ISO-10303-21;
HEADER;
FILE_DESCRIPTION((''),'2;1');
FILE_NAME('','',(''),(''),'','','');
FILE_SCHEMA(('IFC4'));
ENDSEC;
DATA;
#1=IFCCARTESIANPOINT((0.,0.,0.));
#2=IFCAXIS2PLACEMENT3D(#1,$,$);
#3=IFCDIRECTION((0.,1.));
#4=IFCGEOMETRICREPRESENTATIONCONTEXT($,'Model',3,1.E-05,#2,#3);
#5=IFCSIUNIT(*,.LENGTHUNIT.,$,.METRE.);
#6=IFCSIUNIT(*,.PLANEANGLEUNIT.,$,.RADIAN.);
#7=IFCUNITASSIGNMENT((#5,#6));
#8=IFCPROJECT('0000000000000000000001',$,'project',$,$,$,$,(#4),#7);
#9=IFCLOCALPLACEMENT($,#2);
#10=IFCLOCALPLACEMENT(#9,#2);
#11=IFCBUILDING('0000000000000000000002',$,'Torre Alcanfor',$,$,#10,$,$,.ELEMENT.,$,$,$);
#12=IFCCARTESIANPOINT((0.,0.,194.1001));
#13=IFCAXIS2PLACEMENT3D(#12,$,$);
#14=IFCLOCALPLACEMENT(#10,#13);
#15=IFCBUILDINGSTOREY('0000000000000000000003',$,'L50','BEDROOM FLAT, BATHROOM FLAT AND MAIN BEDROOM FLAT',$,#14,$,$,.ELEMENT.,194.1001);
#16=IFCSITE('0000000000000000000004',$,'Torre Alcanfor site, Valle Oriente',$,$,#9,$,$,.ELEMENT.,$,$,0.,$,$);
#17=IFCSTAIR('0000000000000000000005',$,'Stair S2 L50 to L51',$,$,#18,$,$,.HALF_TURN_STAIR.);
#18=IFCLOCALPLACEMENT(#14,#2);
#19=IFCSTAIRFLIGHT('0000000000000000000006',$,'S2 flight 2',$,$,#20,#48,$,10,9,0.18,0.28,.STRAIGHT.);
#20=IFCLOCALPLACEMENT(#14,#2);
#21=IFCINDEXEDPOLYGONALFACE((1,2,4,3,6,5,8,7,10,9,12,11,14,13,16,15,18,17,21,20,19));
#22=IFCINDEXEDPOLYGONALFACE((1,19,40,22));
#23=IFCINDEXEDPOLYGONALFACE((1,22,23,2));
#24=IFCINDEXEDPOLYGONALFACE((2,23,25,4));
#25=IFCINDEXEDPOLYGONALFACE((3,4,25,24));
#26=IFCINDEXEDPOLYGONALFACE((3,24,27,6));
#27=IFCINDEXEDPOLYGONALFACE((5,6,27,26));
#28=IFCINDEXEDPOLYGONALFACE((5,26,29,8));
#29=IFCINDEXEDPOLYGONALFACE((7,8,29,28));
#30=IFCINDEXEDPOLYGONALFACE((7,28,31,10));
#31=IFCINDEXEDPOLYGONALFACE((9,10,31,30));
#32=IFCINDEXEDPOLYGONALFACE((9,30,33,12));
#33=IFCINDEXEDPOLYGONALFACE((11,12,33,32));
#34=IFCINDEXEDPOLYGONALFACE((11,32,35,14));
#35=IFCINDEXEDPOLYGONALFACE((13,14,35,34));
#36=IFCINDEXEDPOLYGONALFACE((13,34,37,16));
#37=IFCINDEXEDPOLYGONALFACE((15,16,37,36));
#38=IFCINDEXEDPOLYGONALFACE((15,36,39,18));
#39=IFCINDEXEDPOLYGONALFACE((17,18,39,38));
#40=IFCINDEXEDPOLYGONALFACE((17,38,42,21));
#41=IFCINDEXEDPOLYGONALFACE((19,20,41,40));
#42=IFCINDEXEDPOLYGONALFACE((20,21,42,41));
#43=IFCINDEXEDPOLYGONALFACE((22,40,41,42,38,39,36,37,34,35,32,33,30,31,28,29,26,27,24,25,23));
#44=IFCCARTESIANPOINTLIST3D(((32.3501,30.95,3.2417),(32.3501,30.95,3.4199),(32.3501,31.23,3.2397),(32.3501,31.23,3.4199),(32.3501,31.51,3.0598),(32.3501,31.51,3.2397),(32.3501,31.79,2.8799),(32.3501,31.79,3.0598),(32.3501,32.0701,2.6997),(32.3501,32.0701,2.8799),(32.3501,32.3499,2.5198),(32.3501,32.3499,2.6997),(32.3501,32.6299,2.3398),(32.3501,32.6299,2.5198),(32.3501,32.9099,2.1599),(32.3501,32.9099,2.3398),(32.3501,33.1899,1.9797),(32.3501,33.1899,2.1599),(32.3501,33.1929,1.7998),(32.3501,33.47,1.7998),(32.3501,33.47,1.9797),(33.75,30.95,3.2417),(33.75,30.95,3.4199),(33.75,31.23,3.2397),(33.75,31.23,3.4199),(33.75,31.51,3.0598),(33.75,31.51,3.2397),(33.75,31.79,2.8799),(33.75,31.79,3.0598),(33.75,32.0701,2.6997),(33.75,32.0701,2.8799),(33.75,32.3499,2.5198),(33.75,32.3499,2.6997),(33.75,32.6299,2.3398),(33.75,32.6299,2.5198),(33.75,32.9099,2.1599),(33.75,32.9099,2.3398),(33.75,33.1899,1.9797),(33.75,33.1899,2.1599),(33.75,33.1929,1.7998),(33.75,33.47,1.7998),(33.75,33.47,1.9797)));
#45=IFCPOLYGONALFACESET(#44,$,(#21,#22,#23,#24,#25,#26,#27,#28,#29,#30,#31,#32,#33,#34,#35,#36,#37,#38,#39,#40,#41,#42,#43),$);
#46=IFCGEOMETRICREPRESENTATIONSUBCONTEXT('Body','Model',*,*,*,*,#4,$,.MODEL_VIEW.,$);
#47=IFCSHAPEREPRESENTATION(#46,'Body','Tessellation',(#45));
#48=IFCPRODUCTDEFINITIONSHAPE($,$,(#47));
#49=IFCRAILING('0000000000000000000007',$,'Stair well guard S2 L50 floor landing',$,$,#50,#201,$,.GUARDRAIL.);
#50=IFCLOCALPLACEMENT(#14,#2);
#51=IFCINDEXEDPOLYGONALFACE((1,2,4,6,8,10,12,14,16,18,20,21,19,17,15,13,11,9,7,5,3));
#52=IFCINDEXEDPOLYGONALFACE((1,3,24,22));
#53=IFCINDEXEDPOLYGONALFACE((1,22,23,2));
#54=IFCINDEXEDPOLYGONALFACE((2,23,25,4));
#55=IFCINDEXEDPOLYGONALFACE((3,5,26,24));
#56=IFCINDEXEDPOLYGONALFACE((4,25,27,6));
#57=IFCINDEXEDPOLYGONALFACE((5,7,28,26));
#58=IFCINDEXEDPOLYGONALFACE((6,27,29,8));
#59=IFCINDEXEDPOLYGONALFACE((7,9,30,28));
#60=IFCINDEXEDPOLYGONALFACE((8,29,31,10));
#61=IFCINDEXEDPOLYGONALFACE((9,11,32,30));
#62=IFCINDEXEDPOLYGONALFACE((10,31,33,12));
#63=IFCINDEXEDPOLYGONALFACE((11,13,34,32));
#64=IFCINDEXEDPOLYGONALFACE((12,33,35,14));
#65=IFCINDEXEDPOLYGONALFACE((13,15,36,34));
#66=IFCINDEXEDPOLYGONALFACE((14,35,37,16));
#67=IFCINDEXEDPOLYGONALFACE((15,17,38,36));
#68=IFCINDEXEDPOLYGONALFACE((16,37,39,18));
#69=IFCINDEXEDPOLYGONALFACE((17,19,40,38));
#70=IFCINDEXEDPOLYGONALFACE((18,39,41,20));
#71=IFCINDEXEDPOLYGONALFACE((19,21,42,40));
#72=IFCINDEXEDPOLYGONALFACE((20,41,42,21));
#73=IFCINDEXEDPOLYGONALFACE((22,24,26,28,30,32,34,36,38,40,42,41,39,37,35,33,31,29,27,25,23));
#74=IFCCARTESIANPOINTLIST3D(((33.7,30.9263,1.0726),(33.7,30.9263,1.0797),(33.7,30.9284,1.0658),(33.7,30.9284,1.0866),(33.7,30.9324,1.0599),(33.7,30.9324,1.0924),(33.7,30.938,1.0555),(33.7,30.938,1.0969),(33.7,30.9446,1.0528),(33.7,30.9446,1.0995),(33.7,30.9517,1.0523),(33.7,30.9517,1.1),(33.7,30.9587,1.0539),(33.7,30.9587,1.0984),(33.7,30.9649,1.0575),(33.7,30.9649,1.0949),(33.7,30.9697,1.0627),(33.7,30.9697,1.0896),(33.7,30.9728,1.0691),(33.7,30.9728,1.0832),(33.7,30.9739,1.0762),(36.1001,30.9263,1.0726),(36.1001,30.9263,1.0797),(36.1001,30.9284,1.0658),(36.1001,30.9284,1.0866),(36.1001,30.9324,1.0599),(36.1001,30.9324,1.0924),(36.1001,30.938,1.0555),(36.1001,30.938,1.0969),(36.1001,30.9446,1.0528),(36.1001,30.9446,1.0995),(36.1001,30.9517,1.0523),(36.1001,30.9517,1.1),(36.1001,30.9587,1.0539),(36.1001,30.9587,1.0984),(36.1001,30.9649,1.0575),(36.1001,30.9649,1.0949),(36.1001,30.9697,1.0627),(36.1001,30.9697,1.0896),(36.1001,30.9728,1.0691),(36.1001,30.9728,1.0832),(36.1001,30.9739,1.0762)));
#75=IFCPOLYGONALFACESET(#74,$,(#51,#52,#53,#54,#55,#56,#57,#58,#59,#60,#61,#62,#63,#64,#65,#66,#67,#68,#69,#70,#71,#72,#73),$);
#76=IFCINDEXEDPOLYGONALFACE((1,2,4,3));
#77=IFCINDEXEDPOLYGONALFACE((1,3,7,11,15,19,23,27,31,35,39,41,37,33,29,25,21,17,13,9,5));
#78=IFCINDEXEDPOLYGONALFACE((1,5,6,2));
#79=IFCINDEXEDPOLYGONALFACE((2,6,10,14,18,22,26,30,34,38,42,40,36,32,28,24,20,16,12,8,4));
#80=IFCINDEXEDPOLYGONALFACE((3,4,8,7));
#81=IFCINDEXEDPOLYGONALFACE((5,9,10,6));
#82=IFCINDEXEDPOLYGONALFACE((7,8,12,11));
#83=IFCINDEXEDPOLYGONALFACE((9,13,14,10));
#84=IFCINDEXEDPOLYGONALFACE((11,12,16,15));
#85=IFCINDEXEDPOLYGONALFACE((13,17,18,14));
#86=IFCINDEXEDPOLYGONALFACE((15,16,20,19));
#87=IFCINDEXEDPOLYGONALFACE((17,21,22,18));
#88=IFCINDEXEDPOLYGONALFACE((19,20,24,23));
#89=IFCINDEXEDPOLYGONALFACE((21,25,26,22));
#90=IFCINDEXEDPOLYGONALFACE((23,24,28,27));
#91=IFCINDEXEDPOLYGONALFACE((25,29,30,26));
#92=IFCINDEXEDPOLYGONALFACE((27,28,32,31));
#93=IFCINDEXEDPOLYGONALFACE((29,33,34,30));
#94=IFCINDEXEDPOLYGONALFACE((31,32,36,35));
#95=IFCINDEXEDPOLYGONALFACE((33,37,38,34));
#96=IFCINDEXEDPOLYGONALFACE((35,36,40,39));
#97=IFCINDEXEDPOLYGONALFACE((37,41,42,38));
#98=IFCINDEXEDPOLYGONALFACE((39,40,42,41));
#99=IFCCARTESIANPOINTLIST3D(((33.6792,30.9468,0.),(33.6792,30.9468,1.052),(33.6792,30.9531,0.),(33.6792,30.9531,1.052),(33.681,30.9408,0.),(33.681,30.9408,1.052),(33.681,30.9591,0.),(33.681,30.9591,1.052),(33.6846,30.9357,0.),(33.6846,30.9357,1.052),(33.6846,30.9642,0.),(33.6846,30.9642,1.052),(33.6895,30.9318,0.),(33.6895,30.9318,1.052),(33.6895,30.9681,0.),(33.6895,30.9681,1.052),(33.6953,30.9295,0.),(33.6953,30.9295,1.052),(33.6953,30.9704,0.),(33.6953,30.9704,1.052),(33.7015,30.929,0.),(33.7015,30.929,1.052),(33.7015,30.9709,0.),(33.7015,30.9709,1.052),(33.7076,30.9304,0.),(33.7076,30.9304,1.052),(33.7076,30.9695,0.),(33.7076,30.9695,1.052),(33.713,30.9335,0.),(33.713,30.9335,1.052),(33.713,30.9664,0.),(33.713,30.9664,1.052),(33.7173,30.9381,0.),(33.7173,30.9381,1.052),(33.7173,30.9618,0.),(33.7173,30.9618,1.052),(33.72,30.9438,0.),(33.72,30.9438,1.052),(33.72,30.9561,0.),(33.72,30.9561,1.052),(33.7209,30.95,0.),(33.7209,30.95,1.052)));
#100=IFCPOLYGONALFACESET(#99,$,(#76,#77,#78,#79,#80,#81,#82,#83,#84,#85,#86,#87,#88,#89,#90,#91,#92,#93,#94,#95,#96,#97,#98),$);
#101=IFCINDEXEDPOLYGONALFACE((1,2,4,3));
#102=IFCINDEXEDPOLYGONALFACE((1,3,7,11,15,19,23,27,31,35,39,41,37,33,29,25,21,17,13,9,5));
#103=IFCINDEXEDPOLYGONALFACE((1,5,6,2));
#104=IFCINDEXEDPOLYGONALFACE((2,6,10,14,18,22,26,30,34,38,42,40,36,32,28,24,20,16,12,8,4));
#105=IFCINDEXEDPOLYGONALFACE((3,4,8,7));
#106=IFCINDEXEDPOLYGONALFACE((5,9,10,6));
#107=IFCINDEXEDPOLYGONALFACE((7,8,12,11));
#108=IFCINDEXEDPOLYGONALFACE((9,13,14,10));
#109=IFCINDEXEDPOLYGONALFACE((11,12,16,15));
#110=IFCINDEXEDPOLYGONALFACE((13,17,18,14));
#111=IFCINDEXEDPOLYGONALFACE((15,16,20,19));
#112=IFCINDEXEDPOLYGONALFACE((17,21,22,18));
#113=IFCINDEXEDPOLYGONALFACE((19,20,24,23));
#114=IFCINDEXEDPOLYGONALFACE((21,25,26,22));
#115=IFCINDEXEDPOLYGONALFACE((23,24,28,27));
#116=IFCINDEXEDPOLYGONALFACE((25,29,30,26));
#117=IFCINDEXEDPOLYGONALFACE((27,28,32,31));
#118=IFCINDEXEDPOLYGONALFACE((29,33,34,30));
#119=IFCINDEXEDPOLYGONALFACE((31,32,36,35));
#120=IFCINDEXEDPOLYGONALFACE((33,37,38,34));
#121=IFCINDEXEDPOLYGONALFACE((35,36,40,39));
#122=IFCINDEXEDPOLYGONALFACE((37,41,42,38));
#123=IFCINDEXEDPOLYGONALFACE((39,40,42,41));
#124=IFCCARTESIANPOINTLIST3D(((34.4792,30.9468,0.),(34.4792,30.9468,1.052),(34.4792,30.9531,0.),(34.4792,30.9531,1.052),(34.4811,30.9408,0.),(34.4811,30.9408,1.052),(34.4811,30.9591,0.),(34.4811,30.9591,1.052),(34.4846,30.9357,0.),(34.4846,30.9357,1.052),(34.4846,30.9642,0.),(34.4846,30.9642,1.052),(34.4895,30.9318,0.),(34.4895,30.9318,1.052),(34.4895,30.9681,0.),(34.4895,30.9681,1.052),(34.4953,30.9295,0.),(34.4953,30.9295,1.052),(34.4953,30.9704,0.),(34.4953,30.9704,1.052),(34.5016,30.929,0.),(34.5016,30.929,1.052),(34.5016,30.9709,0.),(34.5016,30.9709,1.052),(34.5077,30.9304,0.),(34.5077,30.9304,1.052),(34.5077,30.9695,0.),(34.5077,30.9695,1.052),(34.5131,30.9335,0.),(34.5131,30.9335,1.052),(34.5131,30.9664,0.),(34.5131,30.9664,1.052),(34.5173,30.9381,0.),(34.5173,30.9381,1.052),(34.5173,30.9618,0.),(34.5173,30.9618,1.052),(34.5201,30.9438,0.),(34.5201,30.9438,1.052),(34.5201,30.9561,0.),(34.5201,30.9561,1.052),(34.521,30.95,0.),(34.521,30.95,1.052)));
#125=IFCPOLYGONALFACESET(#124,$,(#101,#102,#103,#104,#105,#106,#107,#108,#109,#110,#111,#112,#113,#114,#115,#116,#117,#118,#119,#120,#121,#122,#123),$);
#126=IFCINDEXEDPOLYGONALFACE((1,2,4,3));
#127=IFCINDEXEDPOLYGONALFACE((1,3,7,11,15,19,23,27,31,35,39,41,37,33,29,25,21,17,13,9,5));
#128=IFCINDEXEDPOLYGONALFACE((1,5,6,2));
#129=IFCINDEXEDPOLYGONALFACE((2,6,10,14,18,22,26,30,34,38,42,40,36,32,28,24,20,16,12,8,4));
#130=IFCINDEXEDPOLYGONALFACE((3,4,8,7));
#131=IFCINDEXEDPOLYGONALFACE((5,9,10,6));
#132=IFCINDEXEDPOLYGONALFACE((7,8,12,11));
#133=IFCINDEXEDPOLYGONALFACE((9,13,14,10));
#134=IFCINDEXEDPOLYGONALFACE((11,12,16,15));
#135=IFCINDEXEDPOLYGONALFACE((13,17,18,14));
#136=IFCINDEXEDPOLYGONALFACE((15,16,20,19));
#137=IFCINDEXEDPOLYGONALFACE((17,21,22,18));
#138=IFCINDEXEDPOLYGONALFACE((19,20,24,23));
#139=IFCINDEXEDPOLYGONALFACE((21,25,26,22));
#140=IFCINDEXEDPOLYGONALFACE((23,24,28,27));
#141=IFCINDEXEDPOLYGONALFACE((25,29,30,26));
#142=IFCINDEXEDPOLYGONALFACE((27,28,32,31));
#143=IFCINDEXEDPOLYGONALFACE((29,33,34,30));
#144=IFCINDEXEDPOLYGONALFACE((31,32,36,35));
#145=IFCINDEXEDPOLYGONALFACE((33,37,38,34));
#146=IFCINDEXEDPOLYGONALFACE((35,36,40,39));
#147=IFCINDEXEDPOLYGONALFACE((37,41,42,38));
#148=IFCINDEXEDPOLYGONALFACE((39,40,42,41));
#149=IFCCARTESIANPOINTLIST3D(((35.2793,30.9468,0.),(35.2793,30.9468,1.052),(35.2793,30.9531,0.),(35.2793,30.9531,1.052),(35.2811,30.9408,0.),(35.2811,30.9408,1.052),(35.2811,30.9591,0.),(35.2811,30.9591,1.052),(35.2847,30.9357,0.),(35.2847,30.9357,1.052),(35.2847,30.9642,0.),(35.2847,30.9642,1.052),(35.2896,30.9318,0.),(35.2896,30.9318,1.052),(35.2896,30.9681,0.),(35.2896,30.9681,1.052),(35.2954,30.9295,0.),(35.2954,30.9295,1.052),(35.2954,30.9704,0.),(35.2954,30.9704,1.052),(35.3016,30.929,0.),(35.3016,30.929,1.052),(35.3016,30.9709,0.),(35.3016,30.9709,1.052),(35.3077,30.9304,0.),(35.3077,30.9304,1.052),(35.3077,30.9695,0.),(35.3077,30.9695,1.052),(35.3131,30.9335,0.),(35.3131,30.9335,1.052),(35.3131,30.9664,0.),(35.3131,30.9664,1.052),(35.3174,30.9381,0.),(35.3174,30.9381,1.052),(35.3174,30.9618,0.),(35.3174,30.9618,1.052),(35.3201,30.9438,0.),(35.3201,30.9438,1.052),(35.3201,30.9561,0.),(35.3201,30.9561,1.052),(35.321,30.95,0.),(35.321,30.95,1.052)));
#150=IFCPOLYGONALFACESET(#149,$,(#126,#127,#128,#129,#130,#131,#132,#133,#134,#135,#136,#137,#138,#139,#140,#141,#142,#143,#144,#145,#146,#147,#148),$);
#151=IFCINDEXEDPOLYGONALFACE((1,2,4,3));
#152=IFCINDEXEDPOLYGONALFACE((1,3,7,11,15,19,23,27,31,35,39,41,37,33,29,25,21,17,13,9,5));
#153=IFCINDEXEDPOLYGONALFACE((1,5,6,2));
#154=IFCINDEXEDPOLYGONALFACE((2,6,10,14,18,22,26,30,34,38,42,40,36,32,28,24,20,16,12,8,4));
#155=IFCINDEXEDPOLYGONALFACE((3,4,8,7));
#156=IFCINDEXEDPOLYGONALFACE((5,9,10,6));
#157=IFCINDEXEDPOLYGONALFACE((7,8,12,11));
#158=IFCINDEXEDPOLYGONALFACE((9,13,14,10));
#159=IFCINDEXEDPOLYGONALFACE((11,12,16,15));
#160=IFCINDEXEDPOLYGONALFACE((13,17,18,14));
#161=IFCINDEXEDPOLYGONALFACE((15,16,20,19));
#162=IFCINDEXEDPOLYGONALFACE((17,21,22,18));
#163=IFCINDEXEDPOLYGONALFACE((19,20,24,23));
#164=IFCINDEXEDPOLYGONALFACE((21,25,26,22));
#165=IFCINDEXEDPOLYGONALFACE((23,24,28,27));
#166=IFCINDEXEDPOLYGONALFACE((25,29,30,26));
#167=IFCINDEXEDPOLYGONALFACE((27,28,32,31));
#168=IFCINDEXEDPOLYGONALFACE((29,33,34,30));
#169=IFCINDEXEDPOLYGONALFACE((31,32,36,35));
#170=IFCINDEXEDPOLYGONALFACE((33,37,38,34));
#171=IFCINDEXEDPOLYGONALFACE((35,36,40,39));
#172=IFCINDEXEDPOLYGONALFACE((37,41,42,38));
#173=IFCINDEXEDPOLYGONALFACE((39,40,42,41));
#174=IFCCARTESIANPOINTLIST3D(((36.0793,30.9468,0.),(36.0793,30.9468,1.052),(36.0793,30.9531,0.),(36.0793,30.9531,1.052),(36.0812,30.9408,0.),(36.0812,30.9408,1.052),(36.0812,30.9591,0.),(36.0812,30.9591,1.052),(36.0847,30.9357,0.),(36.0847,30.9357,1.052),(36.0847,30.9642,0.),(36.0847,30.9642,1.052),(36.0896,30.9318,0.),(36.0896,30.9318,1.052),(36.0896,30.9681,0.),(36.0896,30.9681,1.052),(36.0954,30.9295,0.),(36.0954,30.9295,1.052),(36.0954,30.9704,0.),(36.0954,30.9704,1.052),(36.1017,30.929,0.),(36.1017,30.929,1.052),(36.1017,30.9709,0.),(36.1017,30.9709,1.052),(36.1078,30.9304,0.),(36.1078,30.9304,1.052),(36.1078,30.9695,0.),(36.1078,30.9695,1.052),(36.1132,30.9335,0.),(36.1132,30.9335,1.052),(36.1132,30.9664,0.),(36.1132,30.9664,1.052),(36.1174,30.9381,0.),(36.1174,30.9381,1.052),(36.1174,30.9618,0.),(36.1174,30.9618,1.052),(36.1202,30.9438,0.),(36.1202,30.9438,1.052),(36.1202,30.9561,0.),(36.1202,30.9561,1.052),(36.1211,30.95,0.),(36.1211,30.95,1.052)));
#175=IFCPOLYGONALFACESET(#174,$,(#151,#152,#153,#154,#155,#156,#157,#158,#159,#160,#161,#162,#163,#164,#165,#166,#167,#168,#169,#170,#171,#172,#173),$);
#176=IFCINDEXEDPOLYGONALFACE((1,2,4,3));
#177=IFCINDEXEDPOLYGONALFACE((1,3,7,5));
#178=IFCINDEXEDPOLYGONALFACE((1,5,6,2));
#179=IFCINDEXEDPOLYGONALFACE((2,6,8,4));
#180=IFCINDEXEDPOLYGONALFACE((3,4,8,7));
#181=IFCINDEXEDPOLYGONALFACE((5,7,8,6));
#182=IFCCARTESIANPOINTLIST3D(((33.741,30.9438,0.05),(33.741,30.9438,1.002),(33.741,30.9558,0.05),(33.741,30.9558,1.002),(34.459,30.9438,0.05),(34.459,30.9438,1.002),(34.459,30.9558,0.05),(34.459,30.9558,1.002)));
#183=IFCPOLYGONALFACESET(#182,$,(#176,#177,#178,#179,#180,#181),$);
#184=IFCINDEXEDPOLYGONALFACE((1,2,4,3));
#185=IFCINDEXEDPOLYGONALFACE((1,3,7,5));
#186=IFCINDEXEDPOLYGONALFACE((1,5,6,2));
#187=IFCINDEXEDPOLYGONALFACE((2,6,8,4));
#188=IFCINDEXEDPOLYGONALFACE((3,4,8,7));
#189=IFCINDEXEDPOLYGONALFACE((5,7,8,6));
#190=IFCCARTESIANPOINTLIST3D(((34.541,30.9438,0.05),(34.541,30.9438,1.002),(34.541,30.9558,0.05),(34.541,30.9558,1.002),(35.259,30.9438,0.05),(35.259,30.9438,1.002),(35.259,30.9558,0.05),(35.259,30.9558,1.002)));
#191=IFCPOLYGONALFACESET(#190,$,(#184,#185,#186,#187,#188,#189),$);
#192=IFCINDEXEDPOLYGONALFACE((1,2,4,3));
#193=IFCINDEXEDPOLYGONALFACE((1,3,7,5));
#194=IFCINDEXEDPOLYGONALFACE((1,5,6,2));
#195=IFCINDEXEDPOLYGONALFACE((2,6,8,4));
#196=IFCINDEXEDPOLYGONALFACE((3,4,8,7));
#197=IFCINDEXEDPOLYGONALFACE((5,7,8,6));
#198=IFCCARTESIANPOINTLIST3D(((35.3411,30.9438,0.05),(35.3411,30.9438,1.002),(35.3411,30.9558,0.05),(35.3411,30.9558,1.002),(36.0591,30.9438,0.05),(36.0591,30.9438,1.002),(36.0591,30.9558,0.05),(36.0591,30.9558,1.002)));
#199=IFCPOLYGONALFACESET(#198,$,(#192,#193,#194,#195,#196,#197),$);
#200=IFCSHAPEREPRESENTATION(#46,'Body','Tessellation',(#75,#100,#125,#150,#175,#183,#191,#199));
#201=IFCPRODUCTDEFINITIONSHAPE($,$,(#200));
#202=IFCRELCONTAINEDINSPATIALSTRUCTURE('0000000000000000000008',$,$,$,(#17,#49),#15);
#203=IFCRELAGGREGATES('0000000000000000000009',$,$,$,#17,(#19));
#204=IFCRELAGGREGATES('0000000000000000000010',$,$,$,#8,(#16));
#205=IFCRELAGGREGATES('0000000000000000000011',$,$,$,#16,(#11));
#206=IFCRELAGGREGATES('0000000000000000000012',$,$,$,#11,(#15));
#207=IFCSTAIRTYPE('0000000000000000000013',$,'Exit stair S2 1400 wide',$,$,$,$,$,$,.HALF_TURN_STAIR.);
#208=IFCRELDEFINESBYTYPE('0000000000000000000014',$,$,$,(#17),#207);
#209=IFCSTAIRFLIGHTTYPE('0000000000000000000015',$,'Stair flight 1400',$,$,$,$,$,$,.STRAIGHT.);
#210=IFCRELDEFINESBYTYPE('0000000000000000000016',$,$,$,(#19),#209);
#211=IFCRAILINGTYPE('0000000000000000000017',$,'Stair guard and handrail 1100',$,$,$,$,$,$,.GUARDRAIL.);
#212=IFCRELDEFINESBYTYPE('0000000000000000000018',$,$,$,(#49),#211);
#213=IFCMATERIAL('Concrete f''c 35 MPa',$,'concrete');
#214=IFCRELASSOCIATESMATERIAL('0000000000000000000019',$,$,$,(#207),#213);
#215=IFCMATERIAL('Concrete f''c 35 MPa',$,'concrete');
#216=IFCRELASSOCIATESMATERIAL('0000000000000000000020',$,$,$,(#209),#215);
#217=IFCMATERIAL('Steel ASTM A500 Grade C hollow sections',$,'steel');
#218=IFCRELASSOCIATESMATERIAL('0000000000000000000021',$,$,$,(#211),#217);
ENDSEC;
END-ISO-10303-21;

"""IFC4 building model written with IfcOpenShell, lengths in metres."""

from ifc_helpers import new_model, si_unit, direction, frame, origin, origin_2d, place, context, subcontext, project, spatial, polyline, circle, outline, extrude, material, type_object, element, aggregate, save


model = new_model("IFC4")

# Units and contexts
model_context = context("Model", 3, precision=1e-05, world=origin(), true_north=direction((0.0, 1.0)))
body_context = subcontext(model_context, "Body", "Model", "MODEL_VIEW")
ifc_project = project(units=[si_unit("LENGTHUNIT", "METRE"), si_unit("PLANEANGLEUNIT", "RADIAN")], contexts=[model_context])

# Site, building, storey
site_placement = place(None, origin())
site = spatial("IfcSite", under=ifc_project, at=site_placement, Name="Torre Alcanfor site, Valle Oriente", CompositionType="ELEMENT", RefElevation=0.0)
building_placement = place(site_placement, origin())
building = spatial("IfcBuilding", under=site, at=building_placement, Name="Torre Alcanfor", CompositionType="ELEMENT")
storey_placement = place(building_placement, frame((0.0, 0.0, 194.1001)))
storey = spatial("IfcBuildingStorey", under=building, at=storey_placement, Name="L50", Description="BEDROOM FLAT, BATHROOM FLAT AND MAIN BEDROOM FLAT", CompositionType="ELEMENT", Elevation=194.1001)

# Stair, stair flight
ifc_material_1 = material(Name="Concrete f'c 35 MPa", Category="concrete")
stair_type = type_object("IfcStairType", Name="Exit stair S2 1400 wide", PredefinedType="HALF_TURN_STAIR", material=ifc_material_1)
stair_placement = place(storey_placement, origin())
stair = element("IfcStair", 1, at=stair_placement, inside=storey, type_object=stair_type, Name="Stair S2 L50 to L51", PredefinedType="HALF_TURN_STAIR")
ifc_material_2 = material(Name="Concrete f'c 35 MPa", Category="concrete")
stair_flight_type = type_object("IfcStairFlightType", Name="Stair flight 1400", PredefinedType="STRAIGHT", material=ifc_material_2)
stair_flight_1_placement = place(storey_placement, frame((33.05, 33.47, 1.7998), z_axis=(0.0, 0.0, 1.0), x_axis=(0.0, -1.0, 0.0)))
stair_flight_1 = element("IfcStairFlight", 2, at=stair_flight_1_placement, type_object=stair_flight_type, Name="S2 flight 2", NumberOfRisers=10, NumberOfTreads=9, PredefinedType="STRAIGHT", RiserHeight=0.18, TreadLength=0.28, context=body_context, shape_type="SweptSolid", body=[
    extrude(outline(polyline([(0.0, 0.0), (0.0, 0.1799), (0.28, 0.1799), (0.28, 0.3601), (0.5601, 0.3601), (0.5601, 0.54), (0.8401, 0.54), (0.8401, 0.72), (1.1201, 0.72), (1.1201, 0.8999), (1.3999, 0.8999), (1.3999, 1.0801), (1.6799, 1.0801), (1.6799, 1.26), (1.96, 1.26), (1.96, 1.4399), (2.24, 1.4399), (2.24, 1.6201), (2.52, 1.6201), (2.52, 1.8), (2.52, 1.4419), (0.2771, 0.0), (0.0, 0.0)])), frame((0.0, 0.7, 0.0), z_axis=(0.0, -1.0, 0.0), x_axis=(1.0, 0.0, 0.0)), (0.0, 0.0, 1.0), 1.3999),
])
aggregate(stair, [stair_flight_1])

# Railing
ifc_material_3 = material(Name="Steel ASTM A500 Grade C hollow sections", Category="steel")
railing_type_1 = type_object("IfcRailingType", Name="Stair guard and handrail 1100", PredefinedType="GUARDRAIL", material=ifc_material_3)
for number, where, name in (
    (3, (33.7, 30.95, 0.0), "Stair well guard S2 L50 floor landing"),
):
    element("IfcRailing", number, at=place(storey_placement, frame(where)), inside=storey, type_object=railing_type_1, Name=name, PredefinedType="GUARDRAIL", context=body_context, shape_type="SweptSolid", body=[
        extrude(circle(Radius=0.0239, at=origin_2d()), frame((0.0, 0.0, 1.0762), z_axis=(1.0, 0.0, 0.0), x_axis=(0.0, 1.0, 0.0)), (0.0, 0.0, 1.0), 2.4001),
        extrude(circle(Radius=0.021, at=origin_2d()), origin(), (0.0, 0.0, 1.0), 1.052),
        extrude(circle(Radius=0.021, at=origin_2d()), frame((0.8, 0.0, 0.0)), (0.0, 0.0, 1.0), 1.052),
        extrude(circle(Radius=0.021, at=origin_2d()), frame((1.6001, 0.0, 0.0)), (0.0, 0.0, 1.0), 1.052),
        extrude(circle(Radius=0.021, at=origin_2d()), frame((2.4001, 0.0, 0.0)), (0.0, 0.0, 1.0), 1.052),
        extrude(outline(polyline([(0.041, 0.05), (0.759, 0.05), (0.759, 1.002), (0.041, 1.002), (0.041, 0.05)])), frame((0.0, 0.0059, 0.0), z_axis=(0.0, -1.0, 0.0), x_axis=(1.0, 0.0, 0.0)), (0.0, 0.0, 1.0), 0.012),
        extrude(outline(polyline([(0.8411, 0.05), (1.5591, 0.05), (1.5591, 1.002), (0.8411, 1.002), (0.8411, 0.05)])), frame((0.0, 0.0059, 0.0), z_axis=(0.0, -1.0, 0.0), x_axis=(1.0, 0.0, 0.0)), (0.0, 0.0, 1.0), 0.012),
        extrude(outline(polyline([(1.6411, 0.05), (2.3591, 0.05), (2.3591, 1.002), (1.6411, 1.002), (1.6411, 0.05)])), frame((0.0, 0.0059, 0.0), z_axis=(0.0, -1.0, 0.0), x_axis=(1.0, 0.0, 0.0)), (0.0, 0.0, 1.0), 0.012),
    ])

save(model, "model.ifc")
